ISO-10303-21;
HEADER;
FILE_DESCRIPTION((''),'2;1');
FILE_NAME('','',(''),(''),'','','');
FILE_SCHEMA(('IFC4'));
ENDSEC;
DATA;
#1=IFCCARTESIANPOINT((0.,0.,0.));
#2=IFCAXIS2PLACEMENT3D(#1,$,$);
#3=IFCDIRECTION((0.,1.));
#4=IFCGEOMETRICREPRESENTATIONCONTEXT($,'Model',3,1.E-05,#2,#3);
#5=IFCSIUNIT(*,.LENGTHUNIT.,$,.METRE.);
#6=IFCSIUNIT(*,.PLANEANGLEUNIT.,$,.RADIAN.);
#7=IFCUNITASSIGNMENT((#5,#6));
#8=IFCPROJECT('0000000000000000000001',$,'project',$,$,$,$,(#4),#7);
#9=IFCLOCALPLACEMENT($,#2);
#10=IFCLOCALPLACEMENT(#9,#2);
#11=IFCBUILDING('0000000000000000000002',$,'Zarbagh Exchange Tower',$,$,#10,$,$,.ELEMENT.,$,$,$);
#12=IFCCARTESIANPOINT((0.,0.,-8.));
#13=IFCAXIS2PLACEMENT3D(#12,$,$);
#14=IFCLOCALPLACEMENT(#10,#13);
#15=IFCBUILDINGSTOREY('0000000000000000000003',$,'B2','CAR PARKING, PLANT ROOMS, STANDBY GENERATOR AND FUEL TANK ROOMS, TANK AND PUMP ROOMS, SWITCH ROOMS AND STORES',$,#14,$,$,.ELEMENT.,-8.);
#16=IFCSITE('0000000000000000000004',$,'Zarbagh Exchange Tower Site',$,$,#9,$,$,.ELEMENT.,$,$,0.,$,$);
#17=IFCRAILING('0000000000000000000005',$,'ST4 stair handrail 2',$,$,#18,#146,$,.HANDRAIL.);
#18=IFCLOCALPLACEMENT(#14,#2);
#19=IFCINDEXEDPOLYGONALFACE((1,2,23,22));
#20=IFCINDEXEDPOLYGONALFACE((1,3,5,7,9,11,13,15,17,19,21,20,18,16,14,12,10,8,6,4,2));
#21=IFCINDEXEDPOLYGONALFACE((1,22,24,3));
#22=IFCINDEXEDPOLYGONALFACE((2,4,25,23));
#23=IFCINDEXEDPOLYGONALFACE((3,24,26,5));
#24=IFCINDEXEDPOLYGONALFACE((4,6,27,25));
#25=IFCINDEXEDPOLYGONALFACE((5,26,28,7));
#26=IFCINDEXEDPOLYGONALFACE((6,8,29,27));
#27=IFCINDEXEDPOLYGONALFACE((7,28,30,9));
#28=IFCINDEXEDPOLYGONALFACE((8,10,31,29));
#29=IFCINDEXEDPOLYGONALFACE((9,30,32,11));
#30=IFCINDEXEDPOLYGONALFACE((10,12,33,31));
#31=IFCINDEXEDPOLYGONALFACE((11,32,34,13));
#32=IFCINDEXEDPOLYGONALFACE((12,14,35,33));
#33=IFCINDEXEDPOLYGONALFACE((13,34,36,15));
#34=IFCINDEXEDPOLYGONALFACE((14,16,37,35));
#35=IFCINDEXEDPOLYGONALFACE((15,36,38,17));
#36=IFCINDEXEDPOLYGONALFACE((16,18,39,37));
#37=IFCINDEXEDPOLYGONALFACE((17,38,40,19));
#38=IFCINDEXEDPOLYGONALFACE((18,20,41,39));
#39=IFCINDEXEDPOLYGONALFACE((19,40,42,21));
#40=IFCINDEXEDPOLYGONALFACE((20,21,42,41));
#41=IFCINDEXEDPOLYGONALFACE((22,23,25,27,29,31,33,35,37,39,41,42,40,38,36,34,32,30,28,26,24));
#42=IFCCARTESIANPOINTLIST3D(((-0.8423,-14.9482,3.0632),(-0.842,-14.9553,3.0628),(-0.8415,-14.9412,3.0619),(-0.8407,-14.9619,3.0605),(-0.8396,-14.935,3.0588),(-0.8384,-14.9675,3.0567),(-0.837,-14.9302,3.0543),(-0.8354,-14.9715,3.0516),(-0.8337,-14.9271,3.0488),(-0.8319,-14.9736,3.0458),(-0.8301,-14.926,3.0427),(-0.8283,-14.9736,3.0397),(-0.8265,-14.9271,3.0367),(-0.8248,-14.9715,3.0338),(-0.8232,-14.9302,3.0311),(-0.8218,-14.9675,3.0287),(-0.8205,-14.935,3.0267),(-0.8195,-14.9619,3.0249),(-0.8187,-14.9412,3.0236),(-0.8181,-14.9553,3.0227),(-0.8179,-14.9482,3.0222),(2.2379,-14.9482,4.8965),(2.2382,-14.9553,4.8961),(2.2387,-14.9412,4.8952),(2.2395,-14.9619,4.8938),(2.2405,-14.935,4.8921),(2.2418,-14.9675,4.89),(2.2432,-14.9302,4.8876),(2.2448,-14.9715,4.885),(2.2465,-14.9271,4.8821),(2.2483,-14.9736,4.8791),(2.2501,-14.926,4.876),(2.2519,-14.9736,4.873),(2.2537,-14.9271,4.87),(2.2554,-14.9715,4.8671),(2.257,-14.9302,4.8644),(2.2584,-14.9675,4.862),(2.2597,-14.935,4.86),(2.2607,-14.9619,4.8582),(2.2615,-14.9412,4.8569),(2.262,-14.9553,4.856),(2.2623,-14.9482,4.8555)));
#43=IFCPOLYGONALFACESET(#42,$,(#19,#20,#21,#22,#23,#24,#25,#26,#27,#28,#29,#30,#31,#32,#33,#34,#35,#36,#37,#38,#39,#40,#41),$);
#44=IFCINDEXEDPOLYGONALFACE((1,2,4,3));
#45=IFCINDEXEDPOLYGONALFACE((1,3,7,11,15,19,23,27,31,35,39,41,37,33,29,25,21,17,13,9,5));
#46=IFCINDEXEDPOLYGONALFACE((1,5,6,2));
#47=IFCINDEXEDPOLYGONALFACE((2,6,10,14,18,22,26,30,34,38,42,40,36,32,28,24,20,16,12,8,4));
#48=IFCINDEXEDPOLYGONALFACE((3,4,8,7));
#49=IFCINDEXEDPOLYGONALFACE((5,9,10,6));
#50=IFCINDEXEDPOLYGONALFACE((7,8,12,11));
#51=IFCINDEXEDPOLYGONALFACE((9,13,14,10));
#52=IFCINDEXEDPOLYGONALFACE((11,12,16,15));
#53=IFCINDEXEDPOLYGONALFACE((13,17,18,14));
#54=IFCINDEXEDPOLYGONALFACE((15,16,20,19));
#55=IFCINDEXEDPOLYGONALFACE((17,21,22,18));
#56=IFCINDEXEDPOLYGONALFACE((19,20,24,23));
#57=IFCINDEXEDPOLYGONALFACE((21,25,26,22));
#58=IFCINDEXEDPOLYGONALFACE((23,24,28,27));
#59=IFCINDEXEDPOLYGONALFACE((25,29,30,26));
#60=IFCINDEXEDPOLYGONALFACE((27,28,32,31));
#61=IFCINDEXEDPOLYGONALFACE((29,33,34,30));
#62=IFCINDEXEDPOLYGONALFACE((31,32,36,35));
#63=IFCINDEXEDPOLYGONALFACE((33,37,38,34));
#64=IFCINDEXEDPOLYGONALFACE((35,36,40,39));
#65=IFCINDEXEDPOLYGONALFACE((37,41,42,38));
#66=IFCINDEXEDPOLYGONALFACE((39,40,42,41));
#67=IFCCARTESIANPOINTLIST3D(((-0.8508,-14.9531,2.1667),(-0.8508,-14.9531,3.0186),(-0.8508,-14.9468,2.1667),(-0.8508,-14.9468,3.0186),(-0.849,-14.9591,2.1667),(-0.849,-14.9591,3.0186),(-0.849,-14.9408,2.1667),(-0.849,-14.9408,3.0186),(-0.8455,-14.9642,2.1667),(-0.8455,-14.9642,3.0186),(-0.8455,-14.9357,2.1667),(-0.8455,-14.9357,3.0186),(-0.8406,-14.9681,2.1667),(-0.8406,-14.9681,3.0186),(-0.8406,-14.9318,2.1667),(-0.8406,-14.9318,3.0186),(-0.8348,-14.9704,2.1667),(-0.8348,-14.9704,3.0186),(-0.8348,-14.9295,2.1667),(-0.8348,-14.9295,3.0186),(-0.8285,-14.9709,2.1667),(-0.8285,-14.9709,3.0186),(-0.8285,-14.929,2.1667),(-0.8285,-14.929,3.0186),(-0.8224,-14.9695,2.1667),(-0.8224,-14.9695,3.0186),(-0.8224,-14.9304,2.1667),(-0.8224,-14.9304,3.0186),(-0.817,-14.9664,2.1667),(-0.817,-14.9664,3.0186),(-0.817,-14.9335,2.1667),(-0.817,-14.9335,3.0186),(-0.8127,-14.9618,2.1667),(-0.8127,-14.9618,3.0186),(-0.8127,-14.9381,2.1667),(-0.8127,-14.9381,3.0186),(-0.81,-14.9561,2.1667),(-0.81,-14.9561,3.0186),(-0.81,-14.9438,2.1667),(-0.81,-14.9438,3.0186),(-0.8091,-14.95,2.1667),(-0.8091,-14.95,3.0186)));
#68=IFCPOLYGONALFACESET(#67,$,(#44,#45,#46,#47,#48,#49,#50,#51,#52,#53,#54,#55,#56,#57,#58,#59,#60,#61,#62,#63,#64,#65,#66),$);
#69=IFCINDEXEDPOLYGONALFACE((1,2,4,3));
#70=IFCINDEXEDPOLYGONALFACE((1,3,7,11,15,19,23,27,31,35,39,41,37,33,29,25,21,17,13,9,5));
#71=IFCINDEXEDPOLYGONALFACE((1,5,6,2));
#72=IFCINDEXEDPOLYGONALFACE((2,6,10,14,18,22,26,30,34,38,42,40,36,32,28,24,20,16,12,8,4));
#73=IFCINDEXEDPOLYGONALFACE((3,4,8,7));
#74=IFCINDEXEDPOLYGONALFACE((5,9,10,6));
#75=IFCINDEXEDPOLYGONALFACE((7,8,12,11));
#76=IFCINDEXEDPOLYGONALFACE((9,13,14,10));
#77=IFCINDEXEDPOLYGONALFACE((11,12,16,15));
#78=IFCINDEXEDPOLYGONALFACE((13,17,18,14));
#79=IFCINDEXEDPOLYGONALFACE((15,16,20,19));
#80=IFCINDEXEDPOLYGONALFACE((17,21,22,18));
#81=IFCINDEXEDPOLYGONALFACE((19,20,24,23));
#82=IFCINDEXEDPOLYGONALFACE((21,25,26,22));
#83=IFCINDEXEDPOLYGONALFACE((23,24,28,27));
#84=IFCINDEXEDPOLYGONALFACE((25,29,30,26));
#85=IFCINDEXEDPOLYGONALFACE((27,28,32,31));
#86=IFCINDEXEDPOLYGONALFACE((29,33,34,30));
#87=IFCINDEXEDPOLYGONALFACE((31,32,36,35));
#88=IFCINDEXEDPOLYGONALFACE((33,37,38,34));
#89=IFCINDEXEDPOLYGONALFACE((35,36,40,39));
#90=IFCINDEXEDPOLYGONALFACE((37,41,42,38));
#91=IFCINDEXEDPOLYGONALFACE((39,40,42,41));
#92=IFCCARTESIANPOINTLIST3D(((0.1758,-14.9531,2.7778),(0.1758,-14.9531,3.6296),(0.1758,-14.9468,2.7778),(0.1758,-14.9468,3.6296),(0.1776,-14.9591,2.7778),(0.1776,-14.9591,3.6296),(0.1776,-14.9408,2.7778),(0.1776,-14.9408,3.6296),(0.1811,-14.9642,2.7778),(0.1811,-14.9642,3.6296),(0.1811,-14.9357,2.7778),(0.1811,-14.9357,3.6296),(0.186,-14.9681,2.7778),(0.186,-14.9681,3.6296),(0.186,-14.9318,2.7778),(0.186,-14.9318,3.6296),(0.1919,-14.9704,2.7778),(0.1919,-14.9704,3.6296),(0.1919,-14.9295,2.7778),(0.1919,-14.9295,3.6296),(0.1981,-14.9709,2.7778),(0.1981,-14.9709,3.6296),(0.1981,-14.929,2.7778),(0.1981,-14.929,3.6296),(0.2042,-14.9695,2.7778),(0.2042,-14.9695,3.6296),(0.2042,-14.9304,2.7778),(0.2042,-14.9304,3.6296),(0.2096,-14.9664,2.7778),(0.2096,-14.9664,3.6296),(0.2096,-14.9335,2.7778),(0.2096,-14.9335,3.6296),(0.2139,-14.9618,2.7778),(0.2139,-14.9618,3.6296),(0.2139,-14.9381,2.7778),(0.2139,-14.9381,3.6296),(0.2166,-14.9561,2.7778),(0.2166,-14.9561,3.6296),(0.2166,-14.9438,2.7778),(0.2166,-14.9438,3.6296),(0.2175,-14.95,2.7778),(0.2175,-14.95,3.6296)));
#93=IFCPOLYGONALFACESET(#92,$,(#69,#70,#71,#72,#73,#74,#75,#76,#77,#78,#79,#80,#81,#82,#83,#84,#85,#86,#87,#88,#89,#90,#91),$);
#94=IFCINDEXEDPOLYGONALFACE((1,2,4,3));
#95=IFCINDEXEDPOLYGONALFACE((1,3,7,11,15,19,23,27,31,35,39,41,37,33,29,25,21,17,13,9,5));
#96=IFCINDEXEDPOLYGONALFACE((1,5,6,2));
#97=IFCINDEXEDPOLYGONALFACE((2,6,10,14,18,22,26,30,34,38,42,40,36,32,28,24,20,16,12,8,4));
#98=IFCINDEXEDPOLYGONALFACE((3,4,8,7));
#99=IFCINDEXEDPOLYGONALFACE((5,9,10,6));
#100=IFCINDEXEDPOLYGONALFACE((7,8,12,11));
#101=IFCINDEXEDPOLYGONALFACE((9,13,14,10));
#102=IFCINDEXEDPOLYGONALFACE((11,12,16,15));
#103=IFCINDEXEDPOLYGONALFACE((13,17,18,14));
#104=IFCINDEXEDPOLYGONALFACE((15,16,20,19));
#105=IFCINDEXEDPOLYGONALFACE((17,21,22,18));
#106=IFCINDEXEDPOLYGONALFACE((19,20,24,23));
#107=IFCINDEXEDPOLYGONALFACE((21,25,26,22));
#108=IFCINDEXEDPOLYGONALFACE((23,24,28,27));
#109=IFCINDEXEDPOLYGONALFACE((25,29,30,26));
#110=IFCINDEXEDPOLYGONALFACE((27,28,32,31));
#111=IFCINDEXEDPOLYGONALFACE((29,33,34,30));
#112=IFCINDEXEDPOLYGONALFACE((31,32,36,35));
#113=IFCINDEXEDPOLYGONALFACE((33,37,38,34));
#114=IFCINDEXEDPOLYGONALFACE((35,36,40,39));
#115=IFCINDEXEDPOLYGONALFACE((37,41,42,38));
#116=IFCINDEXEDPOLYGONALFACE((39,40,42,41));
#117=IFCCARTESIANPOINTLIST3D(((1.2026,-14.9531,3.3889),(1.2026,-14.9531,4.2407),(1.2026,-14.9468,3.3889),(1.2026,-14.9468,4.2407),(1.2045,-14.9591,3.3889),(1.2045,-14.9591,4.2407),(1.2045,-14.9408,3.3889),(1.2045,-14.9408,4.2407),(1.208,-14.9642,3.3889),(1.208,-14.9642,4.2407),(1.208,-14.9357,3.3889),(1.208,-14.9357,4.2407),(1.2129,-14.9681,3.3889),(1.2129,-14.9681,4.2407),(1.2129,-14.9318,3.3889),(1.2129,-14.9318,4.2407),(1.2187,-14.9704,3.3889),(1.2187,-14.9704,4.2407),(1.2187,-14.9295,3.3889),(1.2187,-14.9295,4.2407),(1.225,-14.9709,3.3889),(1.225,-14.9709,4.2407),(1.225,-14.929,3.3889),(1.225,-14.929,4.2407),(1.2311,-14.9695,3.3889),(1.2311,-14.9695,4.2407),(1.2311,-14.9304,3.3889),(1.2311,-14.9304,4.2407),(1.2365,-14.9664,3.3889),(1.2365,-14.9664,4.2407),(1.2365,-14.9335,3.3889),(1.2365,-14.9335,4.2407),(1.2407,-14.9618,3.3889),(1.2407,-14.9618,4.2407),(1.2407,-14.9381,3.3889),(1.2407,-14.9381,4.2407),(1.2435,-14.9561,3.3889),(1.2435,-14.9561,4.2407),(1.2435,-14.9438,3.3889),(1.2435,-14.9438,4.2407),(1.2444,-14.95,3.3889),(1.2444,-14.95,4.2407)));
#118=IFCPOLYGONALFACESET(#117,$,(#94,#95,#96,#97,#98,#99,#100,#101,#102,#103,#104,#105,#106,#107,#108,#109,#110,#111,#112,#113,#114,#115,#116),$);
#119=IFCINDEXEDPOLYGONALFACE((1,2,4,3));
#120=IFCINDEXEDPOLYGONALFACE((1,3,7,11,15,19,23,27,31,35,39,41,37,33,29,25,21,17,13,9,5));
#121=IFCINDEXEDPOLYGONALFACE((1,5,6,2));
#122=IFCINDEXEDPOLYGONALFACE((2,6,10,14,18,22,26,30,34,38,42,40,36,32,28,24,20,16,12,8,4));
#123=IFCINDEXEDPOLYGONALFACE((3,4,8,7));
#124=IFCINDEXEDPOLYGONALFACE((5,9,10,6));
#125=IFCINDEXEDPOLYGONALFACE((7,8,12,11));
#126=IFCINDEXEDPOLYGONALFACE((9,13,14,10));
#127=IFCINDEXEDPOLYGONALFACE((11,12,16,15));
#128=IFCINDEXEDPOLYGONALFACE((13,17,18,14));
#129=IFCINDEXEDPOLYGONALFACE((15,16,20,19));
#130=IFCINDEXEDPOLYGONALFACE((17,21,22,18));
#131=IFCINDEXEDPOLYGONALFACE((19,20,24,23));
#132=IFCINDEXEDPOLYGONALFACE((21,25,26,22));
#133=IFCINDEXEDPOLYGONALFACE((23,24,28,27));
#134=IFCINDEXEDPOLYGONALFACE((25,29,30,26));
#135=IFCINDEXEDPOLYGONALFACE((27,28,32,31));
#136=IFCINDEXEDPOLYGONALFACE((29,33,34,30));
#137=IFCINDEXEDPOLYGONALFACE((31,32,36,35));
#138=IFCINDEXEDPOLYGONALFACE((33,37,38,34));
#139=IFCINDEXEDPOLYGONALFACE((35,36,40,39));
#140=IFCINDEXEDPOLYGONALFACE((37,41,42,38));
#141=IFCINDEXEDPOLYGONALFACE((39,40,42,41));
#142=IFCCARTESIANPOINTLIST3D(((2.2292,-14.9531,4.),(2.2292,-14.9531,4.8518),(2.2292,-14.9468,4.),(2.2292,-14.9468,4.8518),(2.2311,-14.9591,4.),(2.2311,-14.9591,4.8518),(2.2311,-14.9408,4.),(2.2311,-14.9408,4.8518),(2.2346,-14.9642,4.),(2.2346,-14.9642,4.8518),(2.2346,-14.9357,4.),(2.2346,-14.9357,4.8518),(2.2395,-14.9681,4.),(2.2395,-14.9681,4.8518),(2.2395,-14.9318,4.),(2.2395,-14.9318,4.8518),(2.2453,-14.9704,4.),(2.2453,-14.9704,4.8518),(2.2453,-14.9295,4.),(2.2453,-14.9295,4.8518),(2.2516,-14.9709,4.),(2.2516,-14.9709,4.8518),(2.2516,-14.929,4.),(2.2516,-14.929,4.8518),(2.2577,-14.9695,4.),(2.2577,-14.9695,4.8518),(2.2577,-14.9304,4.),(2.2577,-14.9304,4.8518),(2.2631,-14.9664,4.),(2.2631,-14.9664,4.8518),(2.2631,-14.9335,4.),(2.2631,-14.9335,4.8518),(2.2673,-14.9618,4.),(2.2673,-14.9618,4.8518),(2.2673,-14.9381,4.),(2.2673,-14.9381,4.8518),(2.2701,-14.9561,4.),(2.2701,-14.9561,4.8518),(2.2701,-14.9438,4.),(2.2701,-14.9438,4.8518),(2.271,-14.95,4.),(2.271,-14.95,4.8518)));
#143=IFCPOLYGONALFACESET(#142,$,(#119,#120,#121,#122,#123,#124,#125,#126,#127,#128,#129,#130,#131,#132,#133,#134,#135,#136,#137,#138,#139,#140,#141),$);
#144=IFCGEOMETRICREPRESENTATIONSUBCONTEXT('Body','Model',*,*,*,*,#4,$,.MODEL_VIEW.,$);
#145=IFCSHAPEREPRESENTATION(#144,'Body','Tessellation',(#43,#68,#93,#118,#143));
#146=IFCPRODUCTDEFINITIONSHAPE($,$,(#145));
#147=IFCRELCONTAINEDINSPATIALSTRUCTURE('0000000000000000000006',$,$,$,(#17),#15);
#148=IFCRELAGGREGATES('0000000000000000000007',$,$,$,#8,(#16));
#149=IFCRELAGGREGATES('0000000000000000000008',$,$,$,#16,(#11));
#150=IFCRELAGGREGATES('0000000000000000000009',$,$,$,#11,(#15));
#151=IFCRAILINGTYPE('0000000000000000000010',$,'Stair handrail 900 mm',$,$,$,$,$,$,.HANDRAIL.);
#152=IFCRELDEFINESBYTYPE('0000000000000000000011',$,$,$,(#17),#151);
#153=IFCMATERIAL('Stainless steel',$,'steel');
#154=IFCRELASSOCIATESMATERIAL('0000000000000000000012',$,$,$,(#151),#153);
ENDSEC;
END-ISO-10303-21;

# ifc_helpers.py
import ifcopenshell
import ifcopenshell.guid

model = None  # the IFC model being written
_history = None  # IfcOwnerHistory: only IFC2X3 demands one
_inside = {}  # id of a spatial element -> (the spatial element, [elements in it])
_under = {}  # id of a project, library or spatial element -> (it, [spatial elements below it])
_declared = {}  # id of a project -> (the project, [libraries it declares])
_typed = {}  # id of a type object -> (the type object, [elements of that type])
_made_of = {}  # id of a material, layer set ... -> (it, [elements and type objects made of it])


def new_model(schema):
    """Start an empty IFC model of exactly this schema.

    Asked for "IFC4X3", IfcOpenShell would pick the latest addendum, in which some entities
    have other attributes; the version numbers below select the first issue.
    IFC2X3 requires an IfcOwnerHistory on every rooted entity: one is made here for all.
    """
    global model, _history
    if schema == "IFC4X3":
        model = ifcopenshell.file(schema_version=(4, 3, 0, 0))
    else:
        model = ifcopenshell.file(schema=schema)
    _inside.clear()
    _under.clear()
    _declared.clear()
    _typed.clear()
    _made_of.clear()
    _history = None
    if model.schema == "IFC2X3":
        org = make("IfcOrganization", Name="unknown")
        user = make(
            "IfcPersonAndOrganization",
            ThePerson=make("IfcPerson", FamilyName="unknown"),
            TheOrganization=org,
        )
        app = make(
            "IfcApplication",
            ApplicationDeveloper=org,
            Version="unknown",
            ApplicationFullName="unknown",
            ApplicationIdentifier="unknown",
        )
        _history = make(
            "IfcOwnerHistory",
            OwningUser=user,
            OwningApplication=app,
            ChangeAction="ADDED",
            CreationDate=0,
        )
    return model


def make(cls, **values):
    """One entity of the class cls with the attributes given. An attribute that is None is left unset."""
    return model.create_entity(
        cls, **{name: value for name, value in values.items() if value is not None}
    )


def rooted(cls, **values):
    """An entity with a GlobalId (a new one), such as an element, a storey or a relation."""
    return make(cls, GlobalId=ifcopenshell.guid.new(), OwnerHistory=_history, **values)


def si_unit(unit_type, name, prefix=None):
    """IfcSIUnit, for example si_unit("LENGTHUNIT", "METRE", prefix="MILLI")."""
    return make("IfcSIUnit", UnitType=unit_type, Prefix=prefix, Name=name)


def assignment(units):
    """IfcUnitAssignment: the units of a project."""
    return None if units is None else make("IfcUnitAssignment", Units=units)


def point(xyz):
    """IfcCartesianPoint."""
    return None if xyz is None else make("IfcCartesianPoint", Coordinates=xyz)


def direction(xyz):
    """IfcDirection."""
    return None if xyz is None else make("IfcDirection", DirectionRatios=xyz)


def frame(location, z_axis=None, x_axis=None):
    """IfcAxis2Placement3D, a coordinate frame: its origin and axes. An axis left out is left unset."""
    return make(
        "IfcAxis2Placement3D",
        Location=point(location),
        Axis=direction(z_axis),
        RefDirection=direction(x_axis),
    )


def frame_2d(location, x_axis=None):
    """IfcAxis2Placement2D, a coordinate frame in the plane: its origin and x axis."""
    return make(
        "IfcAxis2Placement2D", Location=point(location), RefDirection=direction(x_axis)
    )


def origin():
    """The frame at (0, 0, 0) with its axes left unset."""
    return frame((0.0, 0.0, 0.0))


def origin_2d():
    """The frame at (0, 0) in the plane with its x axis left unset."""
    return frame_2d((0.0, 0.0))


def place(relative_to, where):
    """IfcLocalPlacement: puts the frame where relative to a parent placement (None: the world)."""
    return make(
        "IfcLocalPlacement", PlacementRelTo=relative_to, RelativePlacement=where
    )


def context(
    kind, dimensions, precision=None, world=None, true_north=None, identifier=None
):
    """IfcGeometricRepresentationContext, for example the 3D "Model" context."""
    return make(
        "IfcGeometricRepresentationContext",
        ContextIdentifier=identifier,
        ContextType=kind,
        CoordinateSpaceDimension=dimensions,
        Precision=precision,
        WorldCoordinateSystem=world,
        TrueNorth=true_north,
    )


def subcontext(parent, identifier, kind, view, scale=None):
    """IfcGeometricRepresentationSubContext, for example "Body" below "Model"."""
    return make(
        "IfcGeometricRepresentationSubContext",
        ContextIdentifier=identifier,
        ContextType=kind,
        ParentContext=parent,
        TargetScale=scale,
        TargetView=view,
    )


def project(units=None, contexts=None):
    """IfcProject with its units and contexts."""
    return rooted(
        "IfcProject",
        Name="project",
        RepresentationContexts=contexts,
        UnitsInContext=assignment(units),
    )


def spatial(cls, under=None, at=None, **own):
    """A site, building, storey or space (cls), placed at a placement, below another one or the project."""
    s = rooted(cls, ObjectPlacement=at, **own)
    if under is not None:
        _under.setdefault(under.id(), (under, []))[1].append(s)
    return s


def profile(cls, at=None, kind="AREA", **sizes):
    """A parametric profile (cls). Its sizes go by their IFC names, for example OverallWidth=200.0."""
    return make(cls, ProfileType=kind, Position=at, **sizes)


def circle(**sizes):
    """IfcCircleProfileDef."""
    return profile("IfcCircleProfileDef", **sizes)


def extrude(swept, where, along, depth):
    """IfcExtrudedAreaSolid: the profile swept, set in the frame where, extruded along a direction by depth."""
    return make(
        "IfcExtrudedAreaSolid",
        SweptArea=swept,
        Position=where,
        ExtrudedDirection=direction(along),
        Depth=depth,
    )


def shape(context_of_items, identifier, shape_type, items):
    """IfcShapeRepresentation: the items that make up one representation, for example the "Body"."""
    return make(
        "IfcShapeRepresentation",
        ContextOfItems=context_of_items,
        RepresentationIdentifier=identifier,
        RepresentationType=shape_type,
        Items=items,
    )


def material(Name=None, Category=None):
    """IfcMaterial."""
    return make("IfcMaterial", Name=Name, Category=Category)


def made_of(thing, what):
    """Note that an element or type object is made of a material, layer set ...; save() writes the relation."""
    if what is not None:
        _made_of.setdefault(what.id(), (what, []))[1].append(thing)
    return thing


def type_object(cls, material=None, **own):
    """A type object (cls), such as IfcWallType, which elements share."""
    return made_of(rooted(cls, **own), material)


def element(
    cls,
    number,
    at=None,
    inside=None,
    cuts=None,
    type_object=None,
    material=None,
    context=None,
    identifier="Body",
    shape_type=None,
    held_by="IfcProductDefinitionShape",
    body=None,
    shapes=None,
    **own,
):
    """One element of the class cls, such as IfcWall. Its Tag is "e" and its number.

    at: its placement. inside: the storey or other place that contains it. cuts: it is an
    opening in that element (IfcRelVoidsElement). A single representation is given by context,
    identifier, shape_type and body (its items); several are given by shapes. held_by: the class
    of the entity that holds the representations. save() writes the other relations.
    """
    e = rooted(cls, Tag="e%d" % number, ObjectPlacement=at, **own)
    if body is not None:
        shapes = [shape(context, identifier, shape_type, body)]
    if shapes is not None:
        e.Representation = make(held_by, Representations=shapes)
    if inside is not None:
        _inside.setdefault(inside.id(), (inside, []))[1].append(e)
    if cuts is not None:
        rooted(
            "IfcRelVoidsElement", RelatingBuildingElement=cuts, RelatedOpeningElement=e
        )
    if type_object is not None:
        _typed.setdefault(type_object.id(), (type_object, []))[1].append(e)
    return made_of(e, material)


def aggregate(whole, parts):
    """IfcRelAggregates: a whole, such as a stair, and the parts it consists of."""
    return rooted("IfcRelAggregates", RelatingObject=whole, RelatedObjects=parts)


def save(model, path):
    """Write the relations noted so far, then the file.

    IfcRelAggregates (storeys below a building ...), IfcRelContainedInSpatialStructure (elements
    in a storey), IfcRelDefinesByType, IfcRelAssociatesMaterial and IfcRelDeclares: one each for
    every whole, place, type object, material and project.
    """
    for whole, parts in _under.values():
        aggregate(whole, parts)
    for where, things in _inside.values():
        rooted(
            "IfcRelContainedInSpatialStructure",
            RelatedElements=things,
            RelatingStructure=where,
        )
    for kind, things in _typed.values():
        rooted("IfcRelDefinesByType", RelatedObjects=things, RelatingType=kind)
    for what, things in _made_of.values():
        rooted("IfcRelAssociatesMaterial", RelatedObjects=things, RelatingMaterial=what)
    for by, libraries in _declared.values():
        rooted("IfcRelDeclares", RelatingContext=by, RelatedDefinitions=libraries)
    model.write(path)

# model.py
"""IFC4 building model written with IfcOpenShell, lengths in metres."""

from ifc_helpers import new_model, si_unit, direction, frame, origin, origin_2d, place, context, subcontext, project, spatial, circle, extrude, material, type_object, element, save


model = new_model("IFC4")

# Units and contexts
model_context = context("Model", 3, precision=1e-05, world=origin(), true_north=direction((0.0, 1.0)))
body_context = subcontext(model_context, "Body", "Model", "MODEL_VIEW")
ifc_project = project(units=[si_unit("LENGTHUNIT", "METRE"), si_unit("PLANEANGLEUNIT", "RADIAN")], contexts=[model_context])

# Site, building, storey
site_placement = place(None, origin())
site = spatial("IfcSite", under=ifc_project, at=site_placement, Name="Zarbagh Exchange Tower Site", CompositionType="ELEMENT", RefElevation=0.0)
building_placement = place(site_placement, origin())
building = spatial("IfcBuilding", under=site, at=building_placement, Name="Zarbagh Exchange Tower", CompositionType="ELEMENT")
storey_placement = place(building_placement, frame((0.0, 0.0, -8.0)))
storey = spatial("IfcBuildingStorey", under=building, at=storey_placement, Name="B2", Description="CAR PARKING, PLANT ROOMS, STANDBY GENERATOR AND FUEL TANK ROOMS, TANK AND PUMP ROOMS, SWITCH ROOMS AND STORES", CompositionType="ELEMENT", Elevation=-8.0)

# Railing
ifc_material_1 = material(Name="Stainless steel", Category="steel")
railing_type_1 = type_object("IfcRailingType", Name="Stair handrail 900 mm", PredefinedType="HANDRAIL", material=ifc_material_1)
railing_1_placement = place(storey_placement, frame((-0.8301, -14.95, 2.1667)))
element("IfcRailing", 1, at=railing_1_placement, inside=storey, type_object=railing_type_1, Name="ST4 stair handrail 2", PredefinedType="HANDRAIL", context=body_context, shape_type="SweptSolid", body=[
    extrude(circle(Radius=0.0239, at=origin_2d()), frame((0.0, 0.0, 0.876), z_axis=(0.859309, 0.0, 0.511458), x_axis=(0.0, 1.0, 0.0)), (0.0, 0.0, 1.0), 3.5845),
    extrude(circle(Radius=0.021, at=origin_2d()), origin(), (0.0, 0.0, 1.0), 0.8518),
    extrude(circle(Radius=0.021, at=origin_2d()), frame((1.0266, 0.0, 0.6111)), (0.0, 0.0, 1.0), 0.8518),
    extrude(circle(Radius=0.021, at=origin_2d()), frame((2.0535, 0.0, 1.2222)), (0.0, 0.0, 1.0), 0.8518),
    extrude(circle(Radius=0.021, at=origin_2d()), frame((3.0801, 0.0, 1.8333)), (0.0, 0.0, 1.0), 0.8518),
])

save(model, "model.ifc")
